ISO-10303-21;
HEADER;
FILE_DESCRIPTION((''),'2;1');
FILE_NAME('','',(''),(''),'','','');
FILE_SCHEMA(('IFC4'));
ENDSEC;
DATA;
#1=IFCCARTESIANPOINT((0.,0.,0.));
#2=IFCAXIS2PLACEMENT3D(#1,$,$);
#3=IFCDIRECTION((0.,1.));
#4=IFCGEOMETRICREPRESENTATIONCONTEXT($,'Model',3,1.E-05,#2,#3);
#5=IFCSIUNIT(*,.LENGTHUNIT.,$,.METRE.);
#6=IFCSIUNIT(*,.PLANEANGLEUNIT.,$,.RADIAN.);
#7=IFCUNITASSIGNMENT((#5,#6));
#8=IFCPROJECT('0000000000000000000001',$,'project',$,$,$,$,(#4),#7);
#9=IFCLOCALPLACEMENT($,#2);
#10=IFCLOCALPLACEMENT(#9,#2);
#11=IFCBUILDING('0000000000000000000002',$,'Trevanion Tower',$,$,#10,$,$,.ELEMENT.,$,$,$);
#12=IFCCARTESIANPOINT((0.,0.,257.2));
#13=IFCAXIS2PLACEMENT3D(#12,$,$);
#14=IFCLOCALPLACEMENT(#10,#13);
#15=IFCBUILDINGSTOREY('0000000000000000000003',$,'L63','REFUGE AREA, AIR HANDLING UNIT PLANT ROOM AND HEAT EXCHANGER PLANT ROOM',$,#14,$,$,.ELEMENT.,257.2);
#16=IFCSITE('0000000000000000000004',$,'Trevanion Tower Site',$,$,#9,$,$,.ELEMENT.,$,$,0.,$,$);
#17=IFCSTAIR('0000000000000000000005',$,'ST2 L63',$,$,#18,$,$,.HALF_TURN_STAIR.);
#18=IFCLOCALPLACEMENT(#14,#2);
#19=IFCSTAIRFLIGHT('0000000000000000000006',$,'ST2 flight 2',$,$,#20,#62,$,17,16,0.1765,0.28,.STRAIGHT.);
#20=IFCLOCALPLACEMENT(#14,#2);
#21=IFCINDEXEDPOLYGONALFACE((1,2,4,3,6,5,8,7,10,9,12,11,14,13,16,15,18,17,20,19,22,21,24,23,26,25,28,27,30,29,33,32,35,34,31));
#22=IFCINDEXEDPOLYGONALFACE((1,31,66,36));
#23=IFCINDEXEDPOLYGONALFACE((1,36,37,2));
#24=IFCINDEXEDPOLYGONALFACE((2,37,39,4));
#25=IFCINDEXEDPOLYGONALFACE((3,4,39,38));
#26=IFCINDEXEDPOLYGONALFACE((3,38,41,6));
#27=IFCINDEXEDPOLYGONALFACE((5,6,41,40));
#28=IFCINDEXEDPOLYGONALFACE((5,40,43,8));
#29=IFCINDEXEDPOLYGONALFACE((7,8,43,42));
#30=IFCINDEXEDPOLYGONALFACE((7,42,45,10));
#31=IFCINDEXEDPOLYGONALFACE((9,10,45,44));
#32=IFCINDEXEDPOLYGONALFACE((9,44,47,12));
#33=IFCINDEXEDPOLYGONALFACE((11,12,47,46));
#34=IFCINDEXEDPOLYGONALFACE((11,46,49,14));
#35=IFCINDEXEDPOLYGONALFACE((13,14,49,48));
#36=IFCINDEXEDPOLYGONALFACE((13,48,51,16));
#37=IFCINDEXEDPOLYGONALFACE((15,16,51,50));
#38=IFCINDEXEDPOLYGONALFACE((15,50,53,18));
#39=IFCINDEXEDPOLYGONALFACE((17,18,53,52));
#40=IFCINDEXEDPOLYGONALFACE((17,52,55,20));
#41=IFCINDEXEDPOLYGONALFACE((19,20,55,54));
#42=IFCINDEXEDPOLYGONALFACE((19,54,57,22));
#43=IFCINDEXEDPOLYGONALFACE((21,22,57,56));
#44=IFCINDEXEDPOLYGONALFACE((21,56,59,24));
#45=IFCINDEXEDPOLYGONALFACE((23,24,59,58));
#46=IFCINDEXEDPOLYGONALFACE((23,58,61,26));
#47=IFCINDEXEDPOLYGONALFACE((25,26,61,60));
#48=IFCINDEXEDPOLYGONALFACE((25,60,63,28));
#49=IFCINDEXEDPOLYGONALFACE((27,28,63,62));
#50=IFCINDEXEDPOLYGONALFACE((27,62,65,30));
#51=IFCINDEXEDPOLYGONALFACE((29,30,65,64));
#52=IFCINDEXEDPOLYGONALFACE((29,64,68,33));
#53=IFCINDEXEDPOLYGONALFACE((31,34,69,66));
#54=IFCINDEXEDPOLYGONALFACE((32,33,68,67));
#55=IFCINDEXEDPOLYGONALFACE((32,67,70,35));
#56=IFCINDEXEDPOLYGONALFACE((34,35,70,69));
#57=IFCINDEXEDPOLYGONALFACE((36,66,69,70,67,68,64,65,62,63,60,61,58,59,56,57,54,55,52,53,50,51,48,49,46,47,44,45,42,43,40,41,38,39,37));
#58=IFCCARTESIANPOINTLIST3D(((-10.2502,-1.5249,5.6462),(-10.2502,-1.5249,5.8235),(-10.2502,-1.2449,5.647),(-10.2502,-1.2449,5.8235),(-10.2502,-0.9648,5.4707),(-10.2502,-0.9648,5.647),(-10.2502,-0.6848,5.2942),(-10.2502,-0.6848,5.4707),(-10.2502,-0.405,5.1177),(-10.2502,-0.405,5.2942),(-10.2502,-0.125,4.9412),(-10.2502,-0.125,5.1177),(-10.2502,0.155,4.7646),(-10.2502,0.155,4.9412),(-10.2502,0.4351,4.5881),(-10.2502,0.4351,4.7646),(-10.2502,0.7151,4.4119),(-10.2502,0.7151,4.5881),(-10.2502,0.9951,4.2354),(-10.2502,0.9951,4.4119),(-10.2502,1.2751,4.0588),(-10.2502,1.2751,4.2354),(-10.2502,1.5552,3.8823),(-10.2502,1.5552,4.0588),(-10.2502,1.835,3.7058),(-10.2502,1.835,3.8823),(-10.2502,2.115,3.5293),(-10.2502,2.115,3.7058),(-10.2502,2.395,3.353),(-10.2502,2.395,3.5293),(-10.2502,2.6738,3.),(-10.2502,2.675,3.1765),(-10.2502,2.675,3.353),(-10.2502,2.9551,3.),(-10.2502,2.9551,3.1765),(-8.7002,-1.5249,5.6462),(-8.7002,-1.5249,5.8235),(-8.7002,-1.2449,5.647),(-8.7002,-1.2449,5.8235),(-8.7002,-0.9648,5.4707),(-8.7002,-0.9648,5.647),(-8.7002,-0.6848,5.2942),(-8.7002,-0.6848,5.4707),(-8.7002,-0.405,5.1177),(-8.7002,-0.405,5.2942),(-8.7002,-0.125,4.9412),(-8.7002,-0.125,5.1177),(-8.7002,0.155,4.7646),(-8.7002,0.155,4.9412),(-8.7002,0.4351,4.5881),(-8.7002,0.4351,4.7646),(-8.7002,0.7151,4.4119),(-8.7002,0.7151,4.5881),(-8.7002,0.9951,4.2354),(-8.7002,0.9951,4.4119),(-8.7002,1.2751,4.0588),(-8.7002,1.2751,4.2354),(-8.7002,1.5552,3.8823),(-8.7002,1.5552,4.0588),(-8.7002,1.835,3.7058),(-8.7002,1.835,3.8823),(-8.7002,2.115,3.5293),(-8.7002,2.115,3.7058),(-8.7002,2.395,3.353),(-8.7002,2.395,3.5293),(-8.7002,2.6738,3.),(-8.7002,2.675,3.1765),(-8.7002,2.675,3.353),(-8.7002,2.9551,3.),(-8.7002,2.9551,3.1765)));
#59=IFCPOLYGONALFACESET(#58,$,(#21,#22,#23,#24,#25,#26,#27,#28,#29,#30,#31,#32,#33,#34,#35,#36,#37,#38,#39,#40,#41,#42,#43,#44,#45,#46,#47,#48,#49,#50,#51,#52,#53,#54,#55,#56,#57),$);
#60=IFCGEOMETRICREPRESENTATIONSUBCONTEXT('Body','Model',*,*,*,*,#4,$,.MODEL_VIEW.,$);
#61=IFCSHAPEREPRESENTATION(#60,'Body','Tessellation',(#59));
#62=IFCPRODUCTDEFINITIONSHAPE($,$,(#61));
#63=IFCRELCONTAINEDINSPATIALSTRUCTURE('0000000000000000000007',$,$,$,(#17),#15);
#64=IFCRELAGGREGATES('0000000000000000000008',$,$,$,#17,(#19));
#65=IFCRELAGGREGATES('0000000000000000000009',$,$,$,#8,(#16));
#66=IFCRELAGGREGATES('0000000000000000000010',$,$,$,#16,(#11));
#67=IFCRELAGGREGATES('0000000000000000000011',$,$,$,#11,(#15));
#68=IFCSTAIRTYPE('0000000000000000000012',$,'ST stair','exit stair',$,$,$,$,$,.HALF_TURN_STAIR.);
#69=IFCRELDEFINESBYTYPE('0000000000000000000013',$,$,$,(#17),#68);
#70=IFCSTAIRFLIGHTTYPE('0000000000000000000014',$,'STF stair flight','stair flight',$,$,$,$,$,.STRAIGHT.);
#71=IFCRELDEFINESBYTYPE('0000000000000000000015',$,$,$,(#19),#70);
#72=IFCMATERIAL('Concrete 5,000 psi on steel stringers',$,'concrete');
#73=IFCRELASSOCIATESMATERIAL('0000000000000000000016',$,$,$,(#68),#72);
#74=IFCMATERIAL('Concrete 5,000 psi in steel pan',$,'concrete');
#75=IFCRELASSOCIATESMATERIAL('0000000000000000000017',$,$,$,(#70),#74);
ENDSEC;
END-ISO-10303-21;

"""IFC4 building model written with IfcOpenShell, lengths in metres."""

from ifc_helpers import new_model, si_unit, direction, frame, origin, place, context, subcontext, project, spatial, polyline, outline, extrude, material, type_object, element, aggregate, save


model = new_model("IFC4")

# Units and contexts
model_context = context("Model", 3, precision=1e-05, world=origin(), true_north=direction((0.0, 1.0)))
body_context = subcontext(model_context, "Body", "Model", "MODEL_VIEW")
ifc_project = project(units=[si_unit("LENGTHUNIT", "METRE"), si_unit("PLANEANGLEUNIT", "RADIAN")], contexts=[model_context])

# Site, building, storey
site_placement = place(None, origin())
site = spatial("IfcSite", under=ifc_project, at=site_placement, Name="Trevanion Tower Site", CompositionType="ELEMENT", RefElevation=0.0)
building_placement = place(site_placement, origin())
building = spatial("IfcBuilding", under=site, at=building_placement, Name="Trevanion Tower", CompositionType="ELEMENT")
storey_placement = place(building_placement, frame((0.0, 0.0, 257.2)))
storey = spatial("IfcBuildingStorey", under=building, at=storey_placement, Name="L63", Description="REFUGE AREA, AIR HANDLING UNIT PLANT ROOM AND HEAT EXCHANGER PLANT ROOM", CompositionType="ELEMENT", Elevation=257.2)

# Stair, stair flight
ifc_material_1 = material(Name="Concrete 5,000 psi on steel stringers", Category="concrete")
stair_type = type_object("IfcStairType", Name="ST stair", Description="exit stair", PredefinedType="HALF_TURN_STAIR", material=ifc_material_1)
stair_placement = place(storey_placement, origin())
stair = element("IfcStair", 1, at=stair_placement, inside=storey, type_object=stair_type, Name="ST2 L63", PredefinedType="HALF_TURN_STAIR")
ifc_material_2 = material(Name="Concrete 5,000 psi in steel pan", Category="concrete")
stair_flight_type = type_object("IfcStairFlightType", Name="STF stair flight", Description="stair flight", PredefinedType="STRAIGHT", material=ifc_material_2)
stair_flight_placement = place(storey_placement, frame((-9.4751, 2.9551, 3.0), z_axis=(0.0, 0.0, 1.0), x_axis=(0.0, -1.0, 0.0)))
stair_flight = element("IfcStairFlight", 2, at=stair_flight_placement, type_object=stair_flight_type, Name="ST2 flight 2", NumberOfRisers=17, NumberOfTreads=16, PredefinedType="STRAIGHT", RiserHeight=0.1765, TreadLength=0.28, context=body_context, shape_type="SweptSolid", body=[
    extrude(outline(polyline([(0.0, 0.0), (0.0, 0.1765), (0.28, 0.1765), (0.28, 0.353), (0.5601, 0.353), (0.5601, 0.5293), (0.8401, 0.5293), (0.8401, 0.7058), (1.1201, 0.7058), (1.1201, 0.8823), (1.3999, 0.8823), (1.3999, 1.0588), (1.6799, 1.0588), (1.6799, 1.2354), (1.96, 1.2354), (1.96, 1.4119), (2.24, 1.4119), (2.24, 1.5881), (2.52, 1.5881), (2.52, 1.7646), (2.8, 1.7646), (2.8, 1.9412), (3.0801, 1.9412), (3.0801, 2.1177), (3.3601, 2.1177), (3.3601, 2.2942), (3.6399, 2.2942), (3.6399, 2.4707), (3.9199, 2.4707), (3.9199, 2.647), (4.2, 2.647), (4.2, 2.8235), (4.48, 2.8235), (4.48, 3.0), (4.48, 2.6462), (0.2812, 0.0), (0.0, 0.0)])), frame((0.0, 0.7749, 0.0), z_axis=(0.0, -1.0, 0.0), x_axis=(1.0, 0.0, 0.0)), (0.0, 0.0, 1.0), 1.55),
])
aggregate(stair, [stair_flight])

save(model, "model.ifc")
